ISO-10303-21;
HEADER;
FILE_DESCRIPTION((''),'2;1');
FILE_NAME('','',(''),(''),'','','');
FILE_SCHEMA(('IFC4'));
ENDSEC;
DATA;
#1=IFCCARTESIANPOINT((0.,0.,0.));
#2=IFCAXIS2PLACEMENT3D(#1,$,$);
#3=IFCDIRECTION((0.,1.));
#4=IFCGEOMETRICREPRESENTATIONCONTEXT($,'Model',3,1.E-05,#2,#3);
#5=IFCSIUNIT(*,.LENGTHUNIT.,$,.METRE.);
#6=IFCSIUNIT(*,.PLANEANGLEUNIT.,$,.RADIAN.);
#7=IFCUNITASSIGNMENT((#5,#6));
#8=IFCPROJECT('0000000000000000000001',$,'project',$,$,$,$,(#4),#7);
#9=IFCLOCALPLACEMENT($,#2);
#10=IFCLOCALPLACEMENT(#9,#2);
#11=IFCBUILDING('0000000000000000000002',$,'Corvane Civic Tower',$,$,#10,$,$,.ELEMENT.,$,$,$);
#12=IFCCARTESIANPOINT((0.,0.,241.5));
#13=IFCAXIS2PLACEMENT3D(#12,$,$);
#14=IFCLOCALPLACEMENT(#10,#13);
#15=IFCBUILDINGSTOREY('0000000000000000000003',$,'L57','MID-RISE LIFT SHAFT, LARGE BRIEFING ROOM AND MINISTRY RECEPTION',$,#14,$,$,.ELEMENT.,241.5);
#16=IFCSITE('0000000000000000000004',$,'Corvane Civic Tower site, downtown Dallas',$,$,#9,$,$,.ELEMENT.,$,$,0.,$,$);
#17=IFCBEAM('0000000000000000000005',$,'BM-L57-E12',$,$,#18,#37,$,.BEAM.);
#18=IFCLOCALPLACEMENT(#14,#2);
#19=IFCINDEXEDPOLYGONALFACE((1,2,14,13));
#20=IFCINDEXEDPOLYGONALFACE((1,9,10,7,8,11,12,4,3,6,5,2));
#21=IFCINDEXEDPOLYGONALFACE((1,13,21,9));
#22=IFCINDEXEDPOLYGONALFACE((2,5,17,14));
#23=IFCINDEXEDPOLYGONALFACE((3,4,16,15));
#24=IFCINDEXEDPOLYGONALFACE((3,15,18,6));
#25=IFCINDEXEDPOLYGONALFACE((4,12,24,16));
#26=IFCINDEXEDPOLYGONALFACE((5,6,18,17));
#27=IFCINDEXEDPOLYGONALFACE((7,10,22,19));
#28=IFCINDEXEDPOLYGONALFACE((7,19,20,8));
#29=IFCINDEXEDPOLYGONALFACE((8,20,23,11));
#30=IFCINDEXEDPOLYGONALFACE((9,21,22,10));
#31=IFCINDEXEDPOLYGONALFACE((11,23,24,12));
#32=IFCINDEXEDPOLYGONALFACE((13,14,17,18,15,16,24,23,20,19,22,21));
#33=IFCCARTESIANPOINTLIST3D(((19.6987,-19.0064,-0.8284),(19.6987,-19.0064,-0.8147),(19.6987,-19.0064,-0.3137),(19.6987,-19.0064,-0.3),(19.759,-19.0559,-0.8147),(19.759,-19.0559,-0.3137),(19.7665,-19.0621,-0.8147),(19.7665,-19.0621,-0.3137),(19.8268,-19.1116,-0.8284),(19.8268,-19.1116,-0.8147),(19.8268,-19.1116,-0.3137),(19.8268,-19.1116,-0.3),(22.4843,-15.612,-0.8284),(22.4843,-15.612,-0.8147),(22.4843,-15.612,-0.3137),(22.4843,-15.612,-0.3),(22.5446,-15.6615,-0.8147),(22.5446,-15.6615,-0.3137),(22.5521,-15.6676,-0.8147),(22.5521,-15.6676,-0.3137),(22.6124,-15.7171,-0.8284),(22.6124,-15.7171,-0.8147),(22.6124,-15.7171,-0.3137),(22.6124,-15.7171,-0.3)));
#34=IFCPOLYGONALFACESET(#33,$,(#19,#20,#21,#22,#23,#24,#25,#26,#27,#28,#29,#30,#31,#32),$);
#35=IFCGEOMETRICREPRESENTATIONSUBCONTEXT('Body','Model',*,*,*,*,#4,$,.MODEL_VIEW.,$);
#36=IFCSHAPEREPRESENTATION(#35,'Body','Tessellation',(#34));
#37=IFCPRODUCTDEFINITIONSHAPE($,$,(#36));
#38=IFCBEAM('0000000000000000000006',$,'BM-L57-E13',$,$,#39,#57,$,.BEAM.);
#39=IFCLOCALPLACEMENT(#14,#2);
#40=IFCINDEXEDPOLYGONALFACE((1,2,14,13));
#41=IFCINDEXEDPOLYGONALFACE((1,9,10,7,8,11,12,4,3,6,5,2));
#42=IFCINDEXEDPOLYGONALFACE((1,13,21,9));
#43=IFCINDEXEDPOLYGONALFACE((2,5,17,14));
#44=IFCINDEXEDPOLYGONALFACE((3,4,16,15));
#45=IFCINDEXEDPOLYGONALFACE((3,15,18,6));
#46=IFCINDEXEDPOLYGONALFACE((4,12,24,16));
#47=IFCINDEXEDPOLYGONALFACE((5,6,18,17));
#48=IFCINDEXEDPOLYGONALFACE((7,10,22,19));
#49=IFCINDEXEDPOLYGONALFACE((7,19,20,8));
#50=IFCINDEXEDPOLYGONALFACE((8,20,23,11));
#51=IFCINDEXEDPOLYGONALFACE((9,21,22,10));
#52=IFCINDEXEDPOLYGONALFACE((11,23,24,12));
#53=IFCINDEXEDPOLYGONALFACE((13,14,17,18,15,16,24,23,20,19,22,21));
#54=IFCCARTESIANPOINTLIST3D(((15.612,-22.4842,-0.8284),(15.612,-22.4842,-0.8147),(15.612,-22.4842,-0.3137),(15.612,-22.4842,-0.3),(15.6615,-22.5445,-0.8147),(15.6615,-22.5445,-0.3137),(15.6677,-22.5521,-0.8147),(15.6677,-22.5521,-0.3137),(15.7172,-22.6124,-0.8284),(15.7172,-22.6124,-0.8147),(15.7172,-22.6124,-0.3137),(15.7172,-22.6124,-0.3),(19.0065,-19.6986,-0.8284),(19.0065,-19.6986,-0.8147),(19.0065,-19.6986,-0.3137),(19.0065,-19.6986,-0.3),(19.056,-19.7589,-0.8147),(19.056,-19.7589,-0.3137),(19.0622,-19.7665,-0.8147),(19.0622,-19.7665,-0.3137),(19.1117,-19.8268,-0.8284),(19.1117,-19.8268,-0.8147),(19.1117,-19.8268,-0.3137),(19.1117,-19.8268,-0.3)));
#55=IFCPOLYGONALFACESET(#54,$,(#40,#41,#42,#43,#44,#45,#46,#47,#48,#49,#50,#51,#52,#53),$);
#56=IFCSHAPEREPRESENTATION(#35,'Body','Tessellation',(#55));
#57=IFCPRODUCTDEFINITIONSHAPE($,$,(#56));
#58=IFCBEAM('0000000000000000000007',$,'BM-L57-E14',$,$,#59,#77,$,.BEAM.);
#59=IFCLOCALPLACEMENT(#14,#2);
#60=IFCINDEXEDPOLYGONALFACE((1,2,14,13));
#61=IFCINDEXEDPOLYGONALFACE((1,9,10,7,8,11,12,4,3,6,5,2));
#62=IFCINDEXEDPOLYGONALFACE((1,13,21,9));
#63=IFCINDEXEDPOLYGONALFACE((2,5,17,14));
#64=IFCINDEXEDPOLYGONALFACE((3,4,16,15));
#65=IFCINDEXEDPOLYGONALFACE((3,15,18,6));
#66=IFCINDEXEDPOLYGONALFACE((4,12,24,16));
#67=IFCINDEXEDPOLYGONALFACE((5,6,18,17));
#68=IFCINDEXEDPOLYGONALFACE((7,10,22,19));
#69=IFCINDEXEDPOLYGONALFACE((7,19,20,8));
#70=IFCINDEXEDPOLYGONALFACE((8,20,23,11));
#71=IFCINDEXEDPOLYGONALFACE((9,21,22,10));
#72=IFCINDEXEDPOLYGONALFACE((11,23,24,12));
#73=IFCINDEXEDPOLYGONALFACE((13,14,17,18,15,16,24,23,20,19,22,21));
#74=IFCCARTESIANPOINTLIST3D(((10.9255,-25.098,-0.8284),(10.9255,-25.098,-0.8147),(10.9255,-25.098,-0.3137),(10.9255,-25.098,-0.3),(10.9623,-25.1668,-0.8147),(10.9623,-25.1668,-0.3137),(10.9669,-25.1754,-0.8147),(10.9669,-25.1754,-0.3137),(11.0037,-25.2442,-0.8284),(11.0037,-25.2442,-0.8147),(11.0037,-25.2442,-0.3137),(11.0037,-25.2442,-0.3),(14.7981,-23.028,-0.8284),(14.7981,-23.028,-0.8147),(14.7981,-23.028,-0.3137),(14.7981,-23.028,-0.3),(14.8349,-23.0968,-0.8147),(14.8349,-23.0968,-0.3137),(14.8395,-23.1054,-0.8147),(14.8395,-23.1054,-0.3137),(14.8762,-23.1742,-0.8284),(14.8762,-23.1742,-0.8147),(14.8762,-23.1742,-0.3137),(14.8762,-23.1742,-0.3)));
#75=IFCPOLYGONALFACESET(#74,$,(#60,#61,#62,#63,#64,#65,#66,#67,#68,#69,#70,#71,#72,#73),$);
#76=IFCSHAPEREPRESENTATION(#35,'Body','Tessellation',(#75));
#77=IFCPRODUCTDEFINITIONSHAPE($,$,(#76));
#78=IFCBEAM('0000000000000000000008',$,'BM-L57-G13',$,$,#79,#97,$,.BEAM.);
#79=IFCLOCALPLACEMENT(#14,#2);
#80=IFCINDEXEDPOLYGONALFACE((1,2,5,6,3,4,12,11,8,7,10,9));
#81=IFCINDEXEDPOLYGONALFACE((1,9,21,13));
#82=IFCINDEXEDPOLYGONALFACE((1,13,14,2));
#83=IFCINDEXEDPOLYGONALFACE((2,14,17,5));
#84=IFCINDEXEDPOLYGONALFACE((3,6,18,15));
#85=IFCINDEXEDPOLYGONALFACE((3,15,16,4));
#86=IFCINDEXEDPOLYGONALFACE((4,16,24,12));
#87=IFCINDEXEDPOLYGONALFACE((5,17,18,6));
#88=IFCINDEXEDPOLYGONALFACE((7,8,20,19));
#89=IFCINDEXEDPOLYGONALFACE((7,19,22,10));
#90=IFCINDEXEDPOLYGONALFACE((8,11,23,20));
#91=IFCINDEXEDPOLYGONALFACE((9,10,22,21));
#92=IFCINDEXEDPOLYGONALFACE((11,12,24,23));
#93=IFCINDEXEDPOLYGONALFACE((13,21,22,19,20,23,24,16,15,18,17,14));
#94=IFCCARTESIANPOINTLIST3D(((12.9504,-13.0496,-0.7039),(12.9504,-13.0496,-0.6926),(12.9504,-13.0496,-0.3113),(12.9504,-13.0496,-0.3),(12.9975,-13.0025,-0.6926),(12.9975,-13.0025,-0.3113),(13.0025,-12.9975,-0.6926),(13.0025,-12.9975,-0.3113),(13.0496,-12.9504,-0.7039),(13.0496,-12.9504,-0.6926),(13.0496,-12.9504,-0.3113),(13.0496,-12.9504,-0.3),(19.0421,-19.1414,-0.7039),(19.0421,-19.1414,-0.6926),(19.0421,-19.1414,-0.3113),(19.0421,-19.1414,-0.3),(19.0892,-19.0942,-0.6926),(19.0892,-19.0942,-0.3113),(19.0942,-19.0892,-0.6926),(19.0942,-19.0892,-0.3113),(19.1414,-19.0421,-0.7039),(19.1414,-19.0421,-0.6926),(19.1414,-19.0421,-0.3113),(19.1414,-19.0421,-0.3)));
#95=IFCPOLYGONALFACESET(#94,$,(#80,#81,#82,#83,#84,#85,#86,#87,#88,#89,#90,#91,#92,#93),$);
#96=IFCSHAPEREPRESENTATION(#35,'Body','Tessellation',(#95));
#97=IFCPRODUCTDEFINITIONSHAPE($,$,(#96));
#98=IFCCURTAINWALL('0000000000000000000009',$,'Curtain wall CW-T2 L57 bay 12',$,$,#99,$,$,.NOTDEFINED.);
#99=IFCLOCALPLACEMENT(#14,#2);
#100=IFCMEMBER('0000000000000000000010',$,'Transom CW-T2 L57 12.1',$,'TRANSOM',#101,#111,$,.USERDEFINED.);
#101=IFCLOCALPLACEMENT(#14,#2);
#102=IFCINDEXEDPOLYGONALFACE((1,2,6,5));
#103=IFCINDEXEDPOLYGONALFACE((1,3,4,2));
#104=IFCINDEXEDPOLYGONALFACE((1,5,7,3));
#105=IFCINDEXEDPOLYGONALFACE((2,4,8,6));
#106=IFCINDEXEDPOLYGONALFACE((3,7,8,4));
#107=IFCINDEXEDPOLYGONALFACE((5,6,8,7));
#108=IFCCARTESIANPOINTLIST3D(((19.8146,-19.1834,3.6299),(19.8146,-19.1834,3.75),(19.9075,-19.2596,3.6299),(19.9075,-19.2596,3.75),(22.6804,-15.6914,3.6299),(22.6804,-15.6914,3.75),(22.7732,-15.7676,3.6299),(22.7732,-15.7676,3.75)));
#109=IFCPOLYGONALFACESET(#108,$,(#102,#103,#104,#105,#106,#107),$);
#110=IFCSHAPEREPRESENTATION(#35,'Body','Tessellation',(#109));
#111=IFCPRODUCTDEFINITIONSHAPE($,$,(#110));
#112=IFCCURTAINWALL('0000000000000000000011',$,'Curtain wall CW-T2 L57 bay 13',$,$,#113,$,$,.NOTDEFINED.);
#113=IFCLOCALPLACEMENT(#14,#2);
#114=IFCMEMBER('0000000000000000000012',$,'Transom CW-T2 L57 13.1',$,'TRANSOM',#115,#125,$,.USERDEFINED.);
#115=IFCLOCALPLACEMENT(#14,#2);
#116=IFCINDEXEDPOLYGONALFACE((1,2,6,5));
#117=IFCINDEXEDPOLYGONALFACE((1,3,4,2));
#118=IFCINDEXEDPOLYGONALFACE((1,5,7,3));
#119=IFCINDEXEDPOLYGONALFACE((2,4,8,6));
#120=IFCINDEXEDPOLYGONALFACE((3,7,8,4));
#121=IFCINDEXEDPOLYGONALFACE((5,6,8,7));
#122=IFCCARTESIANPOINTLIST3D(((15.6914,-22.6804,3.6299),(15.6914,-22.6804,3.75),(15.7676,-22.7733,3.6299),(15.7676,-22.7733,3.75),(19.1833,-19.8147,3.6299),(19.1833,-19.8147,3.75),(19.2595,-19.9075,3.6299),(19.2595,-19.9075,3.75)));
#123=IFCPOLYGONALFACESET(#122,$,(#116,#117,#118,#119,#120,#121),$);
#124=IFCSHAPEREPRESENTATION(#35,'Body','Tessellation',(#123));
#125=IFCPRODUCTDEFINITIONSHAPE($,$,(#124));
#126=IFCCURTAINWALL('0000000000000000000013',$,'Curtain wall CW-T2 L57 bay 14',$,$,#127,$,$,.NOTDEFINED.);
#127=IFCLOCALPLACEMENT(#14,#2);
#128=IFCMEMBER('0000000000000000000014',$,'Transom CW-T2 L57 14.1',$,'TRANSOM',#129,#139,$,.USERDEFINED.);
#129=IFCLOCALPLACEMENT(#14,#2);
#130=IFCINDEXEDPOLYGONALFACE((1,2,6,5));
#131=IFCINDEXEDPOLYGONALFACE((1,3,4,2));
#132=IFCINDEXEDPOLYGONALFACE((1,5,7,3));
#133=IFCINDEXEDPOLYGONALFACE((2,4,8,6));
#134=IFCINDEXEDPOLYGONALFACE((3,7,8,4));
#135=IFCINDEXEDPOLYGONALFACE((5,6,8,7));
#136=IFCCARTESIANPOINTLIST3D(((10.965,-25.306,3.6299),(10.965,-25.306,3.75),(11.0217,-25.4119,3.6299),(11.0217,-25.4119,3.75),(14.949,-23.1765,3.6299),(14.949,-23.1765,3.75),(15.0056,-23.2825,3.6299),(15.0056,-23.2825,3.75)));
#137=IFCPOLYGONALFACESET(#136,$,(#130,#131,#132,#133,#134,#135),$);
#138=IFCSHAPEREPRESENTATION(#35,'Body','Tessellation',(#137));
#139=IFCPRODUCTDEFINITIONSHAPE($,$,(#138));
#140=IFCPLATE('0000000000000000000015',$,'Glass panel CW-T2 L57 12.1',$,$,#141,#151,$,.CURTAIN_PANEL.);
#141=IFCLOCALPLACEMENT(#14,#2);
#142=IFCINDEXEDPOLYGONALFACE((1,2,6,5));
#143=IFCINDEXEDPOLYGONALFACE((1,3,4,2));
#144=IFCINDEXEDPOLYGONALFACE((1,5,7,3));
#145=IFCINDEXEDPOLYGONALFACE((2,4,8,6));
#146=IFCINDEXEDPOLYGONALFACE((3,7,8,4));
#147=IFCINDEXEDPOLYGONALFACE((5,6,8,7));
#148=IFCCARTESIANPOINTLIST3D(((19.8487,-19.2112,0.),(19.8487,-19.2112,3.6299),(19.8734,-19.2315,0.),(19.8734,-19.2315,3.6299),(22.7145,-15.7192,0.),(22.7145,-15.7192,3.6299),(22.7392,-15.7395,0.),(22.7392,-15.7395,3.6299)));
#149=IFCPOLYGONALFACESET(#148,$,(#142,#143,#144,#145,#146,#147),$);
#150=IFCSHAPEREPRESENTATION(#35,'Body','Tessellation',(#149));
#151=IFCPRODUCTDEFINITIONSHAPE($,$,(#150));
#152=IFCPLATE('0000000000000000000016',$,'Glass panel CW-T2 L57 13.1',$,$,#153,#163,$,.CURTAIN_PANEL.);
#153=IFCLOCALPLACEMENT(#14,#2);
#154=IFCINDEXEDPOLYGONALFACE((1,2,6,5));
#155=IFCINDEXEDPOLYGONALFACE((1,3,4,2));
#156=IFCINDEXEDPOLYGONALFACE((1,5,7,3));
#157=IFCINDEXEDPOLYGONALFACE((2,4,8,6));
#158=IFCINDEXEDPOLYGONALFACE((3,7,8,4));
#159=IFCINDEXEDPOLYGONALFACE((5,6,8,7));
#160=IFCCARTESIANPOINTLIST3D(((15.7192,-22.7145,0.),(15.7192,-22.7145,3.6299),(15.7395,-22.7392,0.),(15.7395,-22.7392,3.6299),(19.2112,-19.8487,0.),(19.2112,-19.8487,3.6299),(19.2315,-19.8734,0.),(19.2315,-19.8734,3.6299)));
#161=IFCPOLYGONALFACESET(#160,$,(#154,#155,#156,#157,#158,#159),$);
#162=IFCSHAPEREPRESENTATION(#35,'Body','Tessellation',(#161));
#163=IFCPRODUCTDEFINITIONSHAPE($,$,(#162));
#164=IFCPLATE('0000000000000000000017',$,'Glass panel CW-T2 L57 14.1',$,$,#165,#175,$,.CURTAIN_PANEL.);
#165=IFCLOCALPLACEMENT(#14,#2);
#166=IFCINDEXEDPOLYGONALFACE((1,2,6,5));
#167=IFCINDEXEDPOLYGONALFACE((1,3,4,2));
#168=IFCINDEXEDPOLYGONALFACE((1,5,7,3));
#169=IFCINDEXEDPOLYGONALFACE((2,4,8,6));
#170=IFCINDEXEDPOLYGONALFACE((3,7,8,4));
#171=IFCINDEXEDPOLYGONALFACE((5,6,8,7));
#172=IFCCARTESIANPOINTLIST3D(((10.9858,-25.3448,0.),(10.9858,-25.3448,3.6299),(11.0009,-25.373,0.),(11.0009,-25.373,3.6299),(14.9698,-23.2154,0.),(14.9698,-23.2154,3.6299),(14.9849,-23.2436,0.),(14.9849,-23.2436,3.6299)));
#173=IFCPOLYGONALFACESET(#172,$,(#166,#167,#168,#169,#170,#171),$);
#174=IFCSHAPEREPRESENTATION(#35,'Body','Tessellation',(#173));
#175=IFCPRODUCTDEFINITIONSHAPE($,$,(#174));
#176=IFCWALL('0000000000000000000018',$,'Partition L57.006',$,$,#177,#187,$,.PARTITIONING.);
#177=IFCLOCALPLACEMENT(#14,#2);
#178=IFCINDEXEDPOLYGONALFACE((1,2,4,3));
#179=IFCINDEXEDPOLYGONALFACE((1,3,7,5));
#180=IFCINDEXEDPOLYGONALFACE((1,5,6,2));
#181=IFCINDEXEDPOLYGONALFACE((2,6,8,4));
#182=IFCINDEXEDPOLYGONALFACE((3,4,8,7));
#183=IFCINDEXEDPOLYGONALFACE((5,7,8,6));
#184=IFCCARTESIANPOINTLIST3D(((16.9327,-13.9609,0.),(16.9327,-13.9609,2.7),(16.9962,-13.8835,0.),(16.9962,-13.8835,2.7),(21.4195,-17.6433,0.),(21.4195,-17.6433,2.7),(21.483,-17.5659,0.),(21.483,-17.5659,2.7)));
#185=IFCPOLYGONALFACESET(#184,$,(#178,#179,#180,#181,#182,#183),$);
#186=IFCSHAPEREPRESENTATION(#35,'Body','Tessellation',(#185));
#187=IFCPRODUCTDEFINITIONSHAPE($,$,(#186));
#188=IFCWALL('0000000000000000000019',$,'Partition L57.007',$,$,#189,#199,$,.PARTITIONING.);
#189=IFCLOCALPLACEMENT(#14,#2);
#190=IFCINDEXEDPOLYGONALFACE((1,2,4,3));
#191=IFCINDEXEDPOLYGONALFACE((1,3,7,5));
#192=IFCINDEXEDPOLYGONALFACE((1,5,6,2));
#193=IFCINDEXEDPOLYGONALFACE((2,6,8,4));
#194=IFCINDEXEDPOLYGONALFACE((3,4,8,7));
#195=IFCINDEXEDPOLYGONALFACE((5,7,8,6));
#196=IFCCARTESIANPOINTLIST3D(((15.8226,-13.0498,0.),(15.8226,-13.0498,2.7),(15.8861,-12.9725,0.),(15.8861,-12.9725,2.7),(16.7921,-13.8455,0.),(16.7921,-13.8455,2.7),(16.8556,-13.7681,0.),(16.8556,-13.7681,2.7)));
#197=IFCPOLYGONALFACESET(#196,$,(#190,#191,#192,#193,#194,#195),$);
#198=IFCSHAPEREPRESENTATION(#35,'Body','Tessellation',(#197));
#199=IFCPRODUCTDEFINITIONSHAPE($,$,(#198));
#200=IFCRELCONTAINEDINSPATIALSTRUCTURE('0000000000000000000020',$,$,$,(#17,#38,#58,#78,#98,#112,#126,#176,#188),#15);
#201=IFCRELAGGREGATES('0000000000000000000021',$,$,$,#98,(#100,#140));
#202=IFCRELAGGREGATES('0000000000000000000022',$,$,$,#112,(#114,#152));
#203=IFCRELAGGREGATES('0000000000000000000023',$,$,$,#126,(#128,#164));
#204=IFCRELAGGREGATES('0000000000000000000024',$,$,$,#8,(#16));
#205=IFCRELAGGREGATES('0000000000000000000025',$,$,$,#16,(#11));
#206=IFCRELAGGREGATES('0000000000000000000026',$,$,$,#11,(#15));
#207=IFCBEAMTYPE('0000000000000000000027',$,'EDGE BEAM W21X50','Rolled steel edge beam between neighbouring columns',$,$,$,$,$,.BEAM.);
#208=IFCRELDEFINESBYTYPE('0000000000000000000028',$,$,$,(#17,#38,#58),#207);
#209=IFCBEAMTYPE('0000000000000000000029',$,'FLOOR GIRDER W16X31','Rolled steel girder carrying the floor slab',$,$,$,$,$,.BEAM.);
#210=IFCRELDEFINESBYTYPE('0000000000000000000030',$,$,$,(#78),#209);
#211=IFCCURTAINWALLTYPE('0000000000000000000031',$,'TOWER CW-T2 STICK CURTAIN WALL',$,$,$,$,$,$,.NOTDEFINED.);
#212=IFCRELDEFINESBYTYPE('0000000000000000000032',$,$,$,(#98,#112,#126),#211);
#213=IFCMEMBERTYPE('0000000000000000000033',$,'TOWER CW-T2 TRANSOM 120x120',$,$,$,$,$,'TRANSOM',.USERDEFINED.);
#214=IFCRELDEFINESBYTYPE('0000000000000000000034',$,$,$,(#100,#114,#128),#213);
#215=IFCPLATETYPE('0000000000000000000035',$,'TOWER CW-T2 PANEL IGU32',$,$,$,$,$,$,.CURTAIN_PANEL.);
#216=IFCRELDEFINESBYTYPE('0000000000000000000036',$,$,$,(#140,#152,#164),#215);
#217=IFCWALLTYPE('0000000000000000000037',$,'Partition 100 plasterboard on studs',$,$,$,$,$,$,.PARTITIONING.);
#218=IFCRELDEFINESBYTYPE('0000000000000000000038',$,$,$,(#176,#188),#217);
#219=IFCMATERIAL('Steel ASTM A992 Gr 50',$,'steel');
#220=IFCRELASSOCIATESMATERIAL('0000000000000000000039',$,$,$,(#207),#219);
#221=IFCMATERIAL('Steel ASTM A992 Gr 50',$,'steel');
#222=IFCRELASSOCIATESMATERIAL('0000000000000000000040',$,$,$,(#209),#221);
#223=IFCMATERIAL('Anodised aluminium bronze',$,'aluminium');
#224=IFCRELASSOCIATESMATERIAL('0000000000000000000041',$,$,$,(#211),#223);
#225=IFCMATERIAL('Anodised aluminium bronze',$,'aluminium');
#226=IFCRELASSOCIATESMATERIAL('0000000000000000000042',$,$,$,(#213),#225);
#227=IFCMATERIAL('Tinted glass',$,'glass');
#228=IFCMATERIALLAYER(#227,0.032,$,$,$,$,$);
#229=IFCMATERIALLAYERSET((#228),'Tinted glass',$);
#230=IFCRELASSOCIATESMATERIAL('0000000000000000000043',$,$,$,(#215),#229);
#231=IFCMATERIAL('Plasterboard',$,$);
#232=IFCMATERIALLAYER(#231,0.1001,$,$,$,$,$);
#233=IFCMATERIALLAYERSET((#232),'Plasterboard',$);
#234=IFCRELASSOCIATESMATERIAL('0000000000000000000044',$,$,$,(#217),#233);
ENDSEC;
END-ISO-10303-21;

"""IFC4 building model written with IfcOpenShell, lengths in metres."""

from ifc_helpers import new_model, si_unit, direction, frame, frame_2d, origin, origin_2d, place, context, subcontext, project, spatial, rectangle, i_section, extrude, material, layer, layer_set, material_profile, profile_set, type_object, element, aggregate, save


model = new_model("IFC4")

# Units and contexts
model_context = context("Model", 3, precision=1e-05, world=origin(), true_north=direction((0.0, 1.0)))
body_context = subcontext(model_context, "Body", "Model", "MODEL_VIEW")
ifc_project = project(units=[si_unit("LENGTHUNIT", "METRE"), si_unit("PLANEANGLEUNIT", "RADIAN")], contexts=[model_context])

# Site, building, storey
site_placement = place(None, origin())
site = spatial("IfcSite", under=ifc_project, at=site_placement, Name="Corvane Civic Tower site, downtown Dallas", CompositionType="ELEMENT", RefElevation=0.0)
building_placement = place(site_placement, origin())
building = spatial("IfcBuilding", under=site, at=building_placement, Name="Corvane Civic Tower", CompositionType="ELEMENT")
storey_placement = place(building_placement, frame((0.0, 0.0, 241.5)))
storey = spatial("IfcBuildingStorey", under=building, at=storey_placement, Name="L57", Description="MID-RISE LIFT SHAFT, LARGE BRIEFING ROOM AND MINISTRY RECEPTION", CompositionType="ELEMENT", Elevation=241.5)

# Beams
ifc_material_1 = material(Name="Steel ASTM A992 Gr 50", Category="steel")
ifc_material_profile_1 = material_profile(ifc_material_1, i_section(OverallWidth=0.1658, OverallDepth=0.5283, WebThickness=0.0098, FlangeThickness=0.0137, at=origin_2d()), Name="W21X50")
ifc_profile_set_1 = profile_set([ifc_material_profile_1], Name="Steel ASTM A992 Gr 50")
beam_type_1 = type_object("IfcBeamType", Name="EDGE BEAM W21X50", Description="Rolled steel edge beam between neighbouring columns", PredefinedType="BEAM", material=ifc_profile_set_1)
for number, where, z_axis, x_axis, name in (
    (1, (22.5483, -15.6646, -0.5642), (-0.634369, -0.77303, 0.0), (0.77303, -0.634369, 0.0), "BM-L57-E12"),
    (2, (19.0591, -19.7627, -0.5642), (-0.77303, -0.634369, 0.0), (0.634369, -0.77303, 0.0), "BM-L57-E13"),
    (3, (14.8372, -23.1011, -0.5642), (-0.881908, -0.471422, 0.0), (0.471422, -0.881908, 0.0), "BM-L57-E14"),
):
    element("IfcBeam", number, at=place(storey_placement, frame(where, z_axis=z_axis, x_axis=x_axis)), inside=storey, type_object=beam_type_1, Name=name, PredefinedType="BEAM", context=body_context, shape_type="SweptSolid", body=[
        extrude(i_section(OverallWidth=0.1658, OverallDepth=0.5283, WebThickness=0.0098, FlangeThickness=0.0137, at=origin_2d()), origin(), (0.0, 0.0, 1.0), 4.3911),
    ])
ifc_material_2 = material(Name="Steel ASTM A992 Gr 50", Category="steel")
ifc_material_profile_2 = material_profile(ifc_material_2, i_section(OverallWidth=0.1404, OverallDepth=0.4038, WebThickness=0.0071, FlangeThickness=0.0112, at=origin_2d()), Name="W16X31")
ifc_profile_set_2 = profile_set([ifc_material_profile_2], Name="Steel ASTM A992 Gr 50")
beam_type_2 = type_object("IfcBeamType", Name="FLOOR GIRDER W16X31", Description="Rolled steel girder carrying the floor slab", PredefinedType="BEAM", material=ifc_profile_set_2)
beam_placement = place(storey_placement, frame((13.0, -13.0, -0.502), z_axis=(0.707107, -0.707107, 0.0), x_axis=(0.707107, 0.707107, 0.0)))
element("IfcBeam", 4, at=beam_placement, inside=storey, type_object=beam_type_2, Name="BM-L57-G13", PredefinedType="BEAM", context=body_context, shape_type="SweptSolid", body=[
    extrude(i_section(OverallWidth=0.1404, OverallDepth=0.4038, WebThickness=0.0071, FlangeThickness=0.0112, at=origin_2d()), origin(), (0.0, 0.0, 1.0), 8.615),
])

# Curtain walls, members
ifc_material_3 = material(Name="Anodised aluminium bronze", Category="aluminium")
curtain_wall_type = type_object("IfcCurtainWallType", Name="TOWER CW-T2 STICK CURTAIN WALL", PredefinedType="NOTDEFINED", material=ifc_material_3)
curtain_wall_1_placement = place(storey_placement, origin())
curtain_wall_1 = element("IfcCurtainWall", 5, at=curtain_wall_1_placement, inside=storey, type_object=curtain_wall_type, Name="Curtain wall CW-T2 L57 bay 12", PredefinedType="NOTDEFINED")
ifc_material_4 = material(Name="Anodised aluminium bronze", Category="aluminium")
ifc_material_profile_3 = material_profile(ifc_material_4, rectangle(XDim=0.1201, YDim=0.1201, at=origin_2d()), Name="TOWER CW-T2 TRANSOM 120x120")
ifc_profile_set_3 = profile_set([ifc_material_profile_3], Name="Anodised aluminium bronze")
member_type = type_object("IfcMemberType", Name="TOWER CW-T2 TRANSOM 120x120", ElementType="TRANSOM", PredefinedType="USERDEFINED", material=ifc_profile_set_3)
member_1_placement = place(storey_placement, frame((22.7268, -15.7295, 3.6899), z_axis=(-0.634388, -0.773015, 0.0), x_axis=(0.773015, -0.634388, 0.0)))
member_1 = element("IfcMember", 6, at=member_1_placement, type_object=member_type, Name="Transom CW-T2 L57 12.1", ObjectType="TRANSOM", PredefinedType="USERDEFINED", context=body_context, shape_type="SweptSolid", body=[
    extrude(rectangle(XDim=0.1201, YDim=0.1201, at=origin_2d()), origin(), (0.0, 0.0, 1.0), 4.5173),
])
curtain_wall_2_placement = place(storey_placement, origin())
curtain_wall_2 = element("IfcCurtainWall", 7, at=curtain_wall_2_placement, inside=storey, type_object=curtain_wall_type, Name="Curtain wall CW-T2 L57 bay 13", PredefinedType="NOTDEFINED")
member_2_placement = place(storey_placement, frame((19.2214, -19.8611, 3.6899), z_axis=(-0.773015, -0.634388, 0.0), x_axis=(0.634388, -0.773015, 0.0)))
member_2 = element("IfcMember", 8, at=member_2_placement, type_object=member_type, Name="Transom CW-T2 L57 13.1", ObjectType="TRANSOM", PredefinedType="USERDEFINED", context=body_context, shape_type="SweptSolid", body=[
    extrude(rectangle(XDim=0.1201, YDim=0.1201, at=origin_2d()), origin(), (0.0, 0.0, 1.0), 4.5173),
])
curtain_wall_3_placement = place(storey_placement, origin())
curtain_wall_3 = element("IfcCurtainWall", 9, at=curtain_wall_3_placement, inside=storey, type_object=curtain_wall_type, Name="Curtain wall CW-T2 L57 bay 14", PredefinedType="NOTDEFINED")
member_3_placement = place(storey_placement, frame((14.9773, -23.2295, 3.6899), z_axis=(-0.881925, -0.47139, 0.0), x_axis=(0.47139, -0.881925, 0.0)))
member_3 = element("IfcMember", 10, at=member_3_placement, type_object=member_type, Name="Transom CW-T2 L57 14.1", ObjectType="TRANSOM", PredefinedType="USERDEFINED", context=body_context, shape_type="SweptSolid", body=[
    extrude(rectangle(XDim=0.1201, YDim=0.1201, at=origin_2d()), origin(), (0.0, 0.0, 1.0), 4.5173),
])

# Plates
ifc_material_5 = material(Name="Tinted glass", Category="glass")
ifc_layer_1 = layer(ifc_material_5, 0.032)
ifc_layer_set_1 = layer_set([ifc_layer_1], Name="Tinted glass")
plate_type = type_object("IfcPlateType", Name="TOWER CW-T2 PANEL IGU32", PredefinedType="CURTAIN_PANEL", material=ifc_layer_set_1)
plate_1_placement = place(storey_placement, frame((21.2939, -17.4753, 0.0), z_axis=(0.0, 0.0, 1.0), x_axis=(-0.634391, -0.773012, 0.0)))
plate_1 = element("IfcPlate", 11, at=plate_1_placement, type_object=plate_type, Name="Glass panel CW-T2 L57 12.1", PredefinedType="CURTAIN_PANEL", context=body_context, shape_type="SweptSolid", body=[
    extrude(rectangle(XDim=4.5173, YDim=0.032, at=origin_2d()), origin(), (0.0, 0.0, 1.0), 3.6299),
])
aggregate(curtain_wall_1, [member_1, plate_1])
plate_2_placement = place(storey_placement, frame((17.4753, -21.2939, 0.0), z_axis=(0.0, 0.0, 1.0), x_axis=(-0.773012, -0.634391, 0.0)))
plate_2 = element("IfcPlate", 12, at=plate_2_placement, type_object=plate_type, Name="Glass panel CW-T2 L57 13.1", PredefinedType="CURTAIN_PANEL", context=body_context, shape_type="SweptSolid", body=[
    extrude(rectangle(XDim=4.5173, YDim=0.032, at=origin_2d()), origin(), (0.0, 0.0, 1.0), 3.6299),
])
aggregate(curtain_wall_2, [member_2, plate_2])
plate_3_placement = place(storey_placement, frame((12.9854, -24.2942, 0.0), z_axis=(0.0, 0.0, 1.0), x_axis=(-0.88192, -0.471398, 0.0)))
plate_3 = element("IfcPlate", 13, at=plate_3_placement, type_object=plate_type, Name="Glass panel CW-T2 L57 14.1", PredefinedType="CURTAIN_PANEL", context=body_context, shape_type="SweptSolid", body=[
    extrude(rectangle(XDim=4.5173, YDim=0.032, at=origin_2d()), origin(), (0.0, 0.0, 1.0), 3.6299),
])
aggregate(curtain_wall_3, [member_3, plate_3])

# Walls
ifc_material_6 = material(Name="Plasterboard")
ifc_layer_2 = layer(ifc_material_6, 0.1001)
ifc_layer_set_2 = layer_set([ifc_layer_2], Name="Plasterboard")
wall_type_1 = type_object("IfcWallType", Name="Partition 100 plasterboard on studs", PredefinedType="PARTITIONING", material=ifc_layer_set_2)
wall_1_placement = place(storey_placement, frame((16.9644, -13.9221, 0.0), z_axis=(0.0, 0.0, 1.0), x_axis=(0.772999, -0.634407, 0.0)))
element("IfcWall", 14, at=wall_1_placement, inside=storey, type_object=wall_type_1, Name="Partition L57.006", PredefinedType="PARTITIONING", context=body_context, shape_type="SweptSolid", body=[
    extrude(rectangle(XDim=5.8044, YDim=0.1001, at=frame_2d((2.9023, 0.0))), origin(), (0.0, 0.0, 1.0), 2.7),
])
wall_2_placement = place(storey_placement, frame((15.8545, -13.0112, 0.0), z_axis=(0.0, 0.0, 1.0), x_axis=(0.773002, -0.634403, 0.0)))
element("IfcWall", 15, at=wall_2_placement, inside=storey, type_object=wall_type_1, Name="Partition L57.007", PredefinedType="PARTITIONING", context=body_context, shape_type="SweptSolid", body=[
    extrude(rectangle(XDim=1.2542, YDim=0.1001, at=frame_2d((0.627, 0.0))), origin(), (0.0, 0.0, 1.0), 2.7),
])

save(model, "model.ifc")
